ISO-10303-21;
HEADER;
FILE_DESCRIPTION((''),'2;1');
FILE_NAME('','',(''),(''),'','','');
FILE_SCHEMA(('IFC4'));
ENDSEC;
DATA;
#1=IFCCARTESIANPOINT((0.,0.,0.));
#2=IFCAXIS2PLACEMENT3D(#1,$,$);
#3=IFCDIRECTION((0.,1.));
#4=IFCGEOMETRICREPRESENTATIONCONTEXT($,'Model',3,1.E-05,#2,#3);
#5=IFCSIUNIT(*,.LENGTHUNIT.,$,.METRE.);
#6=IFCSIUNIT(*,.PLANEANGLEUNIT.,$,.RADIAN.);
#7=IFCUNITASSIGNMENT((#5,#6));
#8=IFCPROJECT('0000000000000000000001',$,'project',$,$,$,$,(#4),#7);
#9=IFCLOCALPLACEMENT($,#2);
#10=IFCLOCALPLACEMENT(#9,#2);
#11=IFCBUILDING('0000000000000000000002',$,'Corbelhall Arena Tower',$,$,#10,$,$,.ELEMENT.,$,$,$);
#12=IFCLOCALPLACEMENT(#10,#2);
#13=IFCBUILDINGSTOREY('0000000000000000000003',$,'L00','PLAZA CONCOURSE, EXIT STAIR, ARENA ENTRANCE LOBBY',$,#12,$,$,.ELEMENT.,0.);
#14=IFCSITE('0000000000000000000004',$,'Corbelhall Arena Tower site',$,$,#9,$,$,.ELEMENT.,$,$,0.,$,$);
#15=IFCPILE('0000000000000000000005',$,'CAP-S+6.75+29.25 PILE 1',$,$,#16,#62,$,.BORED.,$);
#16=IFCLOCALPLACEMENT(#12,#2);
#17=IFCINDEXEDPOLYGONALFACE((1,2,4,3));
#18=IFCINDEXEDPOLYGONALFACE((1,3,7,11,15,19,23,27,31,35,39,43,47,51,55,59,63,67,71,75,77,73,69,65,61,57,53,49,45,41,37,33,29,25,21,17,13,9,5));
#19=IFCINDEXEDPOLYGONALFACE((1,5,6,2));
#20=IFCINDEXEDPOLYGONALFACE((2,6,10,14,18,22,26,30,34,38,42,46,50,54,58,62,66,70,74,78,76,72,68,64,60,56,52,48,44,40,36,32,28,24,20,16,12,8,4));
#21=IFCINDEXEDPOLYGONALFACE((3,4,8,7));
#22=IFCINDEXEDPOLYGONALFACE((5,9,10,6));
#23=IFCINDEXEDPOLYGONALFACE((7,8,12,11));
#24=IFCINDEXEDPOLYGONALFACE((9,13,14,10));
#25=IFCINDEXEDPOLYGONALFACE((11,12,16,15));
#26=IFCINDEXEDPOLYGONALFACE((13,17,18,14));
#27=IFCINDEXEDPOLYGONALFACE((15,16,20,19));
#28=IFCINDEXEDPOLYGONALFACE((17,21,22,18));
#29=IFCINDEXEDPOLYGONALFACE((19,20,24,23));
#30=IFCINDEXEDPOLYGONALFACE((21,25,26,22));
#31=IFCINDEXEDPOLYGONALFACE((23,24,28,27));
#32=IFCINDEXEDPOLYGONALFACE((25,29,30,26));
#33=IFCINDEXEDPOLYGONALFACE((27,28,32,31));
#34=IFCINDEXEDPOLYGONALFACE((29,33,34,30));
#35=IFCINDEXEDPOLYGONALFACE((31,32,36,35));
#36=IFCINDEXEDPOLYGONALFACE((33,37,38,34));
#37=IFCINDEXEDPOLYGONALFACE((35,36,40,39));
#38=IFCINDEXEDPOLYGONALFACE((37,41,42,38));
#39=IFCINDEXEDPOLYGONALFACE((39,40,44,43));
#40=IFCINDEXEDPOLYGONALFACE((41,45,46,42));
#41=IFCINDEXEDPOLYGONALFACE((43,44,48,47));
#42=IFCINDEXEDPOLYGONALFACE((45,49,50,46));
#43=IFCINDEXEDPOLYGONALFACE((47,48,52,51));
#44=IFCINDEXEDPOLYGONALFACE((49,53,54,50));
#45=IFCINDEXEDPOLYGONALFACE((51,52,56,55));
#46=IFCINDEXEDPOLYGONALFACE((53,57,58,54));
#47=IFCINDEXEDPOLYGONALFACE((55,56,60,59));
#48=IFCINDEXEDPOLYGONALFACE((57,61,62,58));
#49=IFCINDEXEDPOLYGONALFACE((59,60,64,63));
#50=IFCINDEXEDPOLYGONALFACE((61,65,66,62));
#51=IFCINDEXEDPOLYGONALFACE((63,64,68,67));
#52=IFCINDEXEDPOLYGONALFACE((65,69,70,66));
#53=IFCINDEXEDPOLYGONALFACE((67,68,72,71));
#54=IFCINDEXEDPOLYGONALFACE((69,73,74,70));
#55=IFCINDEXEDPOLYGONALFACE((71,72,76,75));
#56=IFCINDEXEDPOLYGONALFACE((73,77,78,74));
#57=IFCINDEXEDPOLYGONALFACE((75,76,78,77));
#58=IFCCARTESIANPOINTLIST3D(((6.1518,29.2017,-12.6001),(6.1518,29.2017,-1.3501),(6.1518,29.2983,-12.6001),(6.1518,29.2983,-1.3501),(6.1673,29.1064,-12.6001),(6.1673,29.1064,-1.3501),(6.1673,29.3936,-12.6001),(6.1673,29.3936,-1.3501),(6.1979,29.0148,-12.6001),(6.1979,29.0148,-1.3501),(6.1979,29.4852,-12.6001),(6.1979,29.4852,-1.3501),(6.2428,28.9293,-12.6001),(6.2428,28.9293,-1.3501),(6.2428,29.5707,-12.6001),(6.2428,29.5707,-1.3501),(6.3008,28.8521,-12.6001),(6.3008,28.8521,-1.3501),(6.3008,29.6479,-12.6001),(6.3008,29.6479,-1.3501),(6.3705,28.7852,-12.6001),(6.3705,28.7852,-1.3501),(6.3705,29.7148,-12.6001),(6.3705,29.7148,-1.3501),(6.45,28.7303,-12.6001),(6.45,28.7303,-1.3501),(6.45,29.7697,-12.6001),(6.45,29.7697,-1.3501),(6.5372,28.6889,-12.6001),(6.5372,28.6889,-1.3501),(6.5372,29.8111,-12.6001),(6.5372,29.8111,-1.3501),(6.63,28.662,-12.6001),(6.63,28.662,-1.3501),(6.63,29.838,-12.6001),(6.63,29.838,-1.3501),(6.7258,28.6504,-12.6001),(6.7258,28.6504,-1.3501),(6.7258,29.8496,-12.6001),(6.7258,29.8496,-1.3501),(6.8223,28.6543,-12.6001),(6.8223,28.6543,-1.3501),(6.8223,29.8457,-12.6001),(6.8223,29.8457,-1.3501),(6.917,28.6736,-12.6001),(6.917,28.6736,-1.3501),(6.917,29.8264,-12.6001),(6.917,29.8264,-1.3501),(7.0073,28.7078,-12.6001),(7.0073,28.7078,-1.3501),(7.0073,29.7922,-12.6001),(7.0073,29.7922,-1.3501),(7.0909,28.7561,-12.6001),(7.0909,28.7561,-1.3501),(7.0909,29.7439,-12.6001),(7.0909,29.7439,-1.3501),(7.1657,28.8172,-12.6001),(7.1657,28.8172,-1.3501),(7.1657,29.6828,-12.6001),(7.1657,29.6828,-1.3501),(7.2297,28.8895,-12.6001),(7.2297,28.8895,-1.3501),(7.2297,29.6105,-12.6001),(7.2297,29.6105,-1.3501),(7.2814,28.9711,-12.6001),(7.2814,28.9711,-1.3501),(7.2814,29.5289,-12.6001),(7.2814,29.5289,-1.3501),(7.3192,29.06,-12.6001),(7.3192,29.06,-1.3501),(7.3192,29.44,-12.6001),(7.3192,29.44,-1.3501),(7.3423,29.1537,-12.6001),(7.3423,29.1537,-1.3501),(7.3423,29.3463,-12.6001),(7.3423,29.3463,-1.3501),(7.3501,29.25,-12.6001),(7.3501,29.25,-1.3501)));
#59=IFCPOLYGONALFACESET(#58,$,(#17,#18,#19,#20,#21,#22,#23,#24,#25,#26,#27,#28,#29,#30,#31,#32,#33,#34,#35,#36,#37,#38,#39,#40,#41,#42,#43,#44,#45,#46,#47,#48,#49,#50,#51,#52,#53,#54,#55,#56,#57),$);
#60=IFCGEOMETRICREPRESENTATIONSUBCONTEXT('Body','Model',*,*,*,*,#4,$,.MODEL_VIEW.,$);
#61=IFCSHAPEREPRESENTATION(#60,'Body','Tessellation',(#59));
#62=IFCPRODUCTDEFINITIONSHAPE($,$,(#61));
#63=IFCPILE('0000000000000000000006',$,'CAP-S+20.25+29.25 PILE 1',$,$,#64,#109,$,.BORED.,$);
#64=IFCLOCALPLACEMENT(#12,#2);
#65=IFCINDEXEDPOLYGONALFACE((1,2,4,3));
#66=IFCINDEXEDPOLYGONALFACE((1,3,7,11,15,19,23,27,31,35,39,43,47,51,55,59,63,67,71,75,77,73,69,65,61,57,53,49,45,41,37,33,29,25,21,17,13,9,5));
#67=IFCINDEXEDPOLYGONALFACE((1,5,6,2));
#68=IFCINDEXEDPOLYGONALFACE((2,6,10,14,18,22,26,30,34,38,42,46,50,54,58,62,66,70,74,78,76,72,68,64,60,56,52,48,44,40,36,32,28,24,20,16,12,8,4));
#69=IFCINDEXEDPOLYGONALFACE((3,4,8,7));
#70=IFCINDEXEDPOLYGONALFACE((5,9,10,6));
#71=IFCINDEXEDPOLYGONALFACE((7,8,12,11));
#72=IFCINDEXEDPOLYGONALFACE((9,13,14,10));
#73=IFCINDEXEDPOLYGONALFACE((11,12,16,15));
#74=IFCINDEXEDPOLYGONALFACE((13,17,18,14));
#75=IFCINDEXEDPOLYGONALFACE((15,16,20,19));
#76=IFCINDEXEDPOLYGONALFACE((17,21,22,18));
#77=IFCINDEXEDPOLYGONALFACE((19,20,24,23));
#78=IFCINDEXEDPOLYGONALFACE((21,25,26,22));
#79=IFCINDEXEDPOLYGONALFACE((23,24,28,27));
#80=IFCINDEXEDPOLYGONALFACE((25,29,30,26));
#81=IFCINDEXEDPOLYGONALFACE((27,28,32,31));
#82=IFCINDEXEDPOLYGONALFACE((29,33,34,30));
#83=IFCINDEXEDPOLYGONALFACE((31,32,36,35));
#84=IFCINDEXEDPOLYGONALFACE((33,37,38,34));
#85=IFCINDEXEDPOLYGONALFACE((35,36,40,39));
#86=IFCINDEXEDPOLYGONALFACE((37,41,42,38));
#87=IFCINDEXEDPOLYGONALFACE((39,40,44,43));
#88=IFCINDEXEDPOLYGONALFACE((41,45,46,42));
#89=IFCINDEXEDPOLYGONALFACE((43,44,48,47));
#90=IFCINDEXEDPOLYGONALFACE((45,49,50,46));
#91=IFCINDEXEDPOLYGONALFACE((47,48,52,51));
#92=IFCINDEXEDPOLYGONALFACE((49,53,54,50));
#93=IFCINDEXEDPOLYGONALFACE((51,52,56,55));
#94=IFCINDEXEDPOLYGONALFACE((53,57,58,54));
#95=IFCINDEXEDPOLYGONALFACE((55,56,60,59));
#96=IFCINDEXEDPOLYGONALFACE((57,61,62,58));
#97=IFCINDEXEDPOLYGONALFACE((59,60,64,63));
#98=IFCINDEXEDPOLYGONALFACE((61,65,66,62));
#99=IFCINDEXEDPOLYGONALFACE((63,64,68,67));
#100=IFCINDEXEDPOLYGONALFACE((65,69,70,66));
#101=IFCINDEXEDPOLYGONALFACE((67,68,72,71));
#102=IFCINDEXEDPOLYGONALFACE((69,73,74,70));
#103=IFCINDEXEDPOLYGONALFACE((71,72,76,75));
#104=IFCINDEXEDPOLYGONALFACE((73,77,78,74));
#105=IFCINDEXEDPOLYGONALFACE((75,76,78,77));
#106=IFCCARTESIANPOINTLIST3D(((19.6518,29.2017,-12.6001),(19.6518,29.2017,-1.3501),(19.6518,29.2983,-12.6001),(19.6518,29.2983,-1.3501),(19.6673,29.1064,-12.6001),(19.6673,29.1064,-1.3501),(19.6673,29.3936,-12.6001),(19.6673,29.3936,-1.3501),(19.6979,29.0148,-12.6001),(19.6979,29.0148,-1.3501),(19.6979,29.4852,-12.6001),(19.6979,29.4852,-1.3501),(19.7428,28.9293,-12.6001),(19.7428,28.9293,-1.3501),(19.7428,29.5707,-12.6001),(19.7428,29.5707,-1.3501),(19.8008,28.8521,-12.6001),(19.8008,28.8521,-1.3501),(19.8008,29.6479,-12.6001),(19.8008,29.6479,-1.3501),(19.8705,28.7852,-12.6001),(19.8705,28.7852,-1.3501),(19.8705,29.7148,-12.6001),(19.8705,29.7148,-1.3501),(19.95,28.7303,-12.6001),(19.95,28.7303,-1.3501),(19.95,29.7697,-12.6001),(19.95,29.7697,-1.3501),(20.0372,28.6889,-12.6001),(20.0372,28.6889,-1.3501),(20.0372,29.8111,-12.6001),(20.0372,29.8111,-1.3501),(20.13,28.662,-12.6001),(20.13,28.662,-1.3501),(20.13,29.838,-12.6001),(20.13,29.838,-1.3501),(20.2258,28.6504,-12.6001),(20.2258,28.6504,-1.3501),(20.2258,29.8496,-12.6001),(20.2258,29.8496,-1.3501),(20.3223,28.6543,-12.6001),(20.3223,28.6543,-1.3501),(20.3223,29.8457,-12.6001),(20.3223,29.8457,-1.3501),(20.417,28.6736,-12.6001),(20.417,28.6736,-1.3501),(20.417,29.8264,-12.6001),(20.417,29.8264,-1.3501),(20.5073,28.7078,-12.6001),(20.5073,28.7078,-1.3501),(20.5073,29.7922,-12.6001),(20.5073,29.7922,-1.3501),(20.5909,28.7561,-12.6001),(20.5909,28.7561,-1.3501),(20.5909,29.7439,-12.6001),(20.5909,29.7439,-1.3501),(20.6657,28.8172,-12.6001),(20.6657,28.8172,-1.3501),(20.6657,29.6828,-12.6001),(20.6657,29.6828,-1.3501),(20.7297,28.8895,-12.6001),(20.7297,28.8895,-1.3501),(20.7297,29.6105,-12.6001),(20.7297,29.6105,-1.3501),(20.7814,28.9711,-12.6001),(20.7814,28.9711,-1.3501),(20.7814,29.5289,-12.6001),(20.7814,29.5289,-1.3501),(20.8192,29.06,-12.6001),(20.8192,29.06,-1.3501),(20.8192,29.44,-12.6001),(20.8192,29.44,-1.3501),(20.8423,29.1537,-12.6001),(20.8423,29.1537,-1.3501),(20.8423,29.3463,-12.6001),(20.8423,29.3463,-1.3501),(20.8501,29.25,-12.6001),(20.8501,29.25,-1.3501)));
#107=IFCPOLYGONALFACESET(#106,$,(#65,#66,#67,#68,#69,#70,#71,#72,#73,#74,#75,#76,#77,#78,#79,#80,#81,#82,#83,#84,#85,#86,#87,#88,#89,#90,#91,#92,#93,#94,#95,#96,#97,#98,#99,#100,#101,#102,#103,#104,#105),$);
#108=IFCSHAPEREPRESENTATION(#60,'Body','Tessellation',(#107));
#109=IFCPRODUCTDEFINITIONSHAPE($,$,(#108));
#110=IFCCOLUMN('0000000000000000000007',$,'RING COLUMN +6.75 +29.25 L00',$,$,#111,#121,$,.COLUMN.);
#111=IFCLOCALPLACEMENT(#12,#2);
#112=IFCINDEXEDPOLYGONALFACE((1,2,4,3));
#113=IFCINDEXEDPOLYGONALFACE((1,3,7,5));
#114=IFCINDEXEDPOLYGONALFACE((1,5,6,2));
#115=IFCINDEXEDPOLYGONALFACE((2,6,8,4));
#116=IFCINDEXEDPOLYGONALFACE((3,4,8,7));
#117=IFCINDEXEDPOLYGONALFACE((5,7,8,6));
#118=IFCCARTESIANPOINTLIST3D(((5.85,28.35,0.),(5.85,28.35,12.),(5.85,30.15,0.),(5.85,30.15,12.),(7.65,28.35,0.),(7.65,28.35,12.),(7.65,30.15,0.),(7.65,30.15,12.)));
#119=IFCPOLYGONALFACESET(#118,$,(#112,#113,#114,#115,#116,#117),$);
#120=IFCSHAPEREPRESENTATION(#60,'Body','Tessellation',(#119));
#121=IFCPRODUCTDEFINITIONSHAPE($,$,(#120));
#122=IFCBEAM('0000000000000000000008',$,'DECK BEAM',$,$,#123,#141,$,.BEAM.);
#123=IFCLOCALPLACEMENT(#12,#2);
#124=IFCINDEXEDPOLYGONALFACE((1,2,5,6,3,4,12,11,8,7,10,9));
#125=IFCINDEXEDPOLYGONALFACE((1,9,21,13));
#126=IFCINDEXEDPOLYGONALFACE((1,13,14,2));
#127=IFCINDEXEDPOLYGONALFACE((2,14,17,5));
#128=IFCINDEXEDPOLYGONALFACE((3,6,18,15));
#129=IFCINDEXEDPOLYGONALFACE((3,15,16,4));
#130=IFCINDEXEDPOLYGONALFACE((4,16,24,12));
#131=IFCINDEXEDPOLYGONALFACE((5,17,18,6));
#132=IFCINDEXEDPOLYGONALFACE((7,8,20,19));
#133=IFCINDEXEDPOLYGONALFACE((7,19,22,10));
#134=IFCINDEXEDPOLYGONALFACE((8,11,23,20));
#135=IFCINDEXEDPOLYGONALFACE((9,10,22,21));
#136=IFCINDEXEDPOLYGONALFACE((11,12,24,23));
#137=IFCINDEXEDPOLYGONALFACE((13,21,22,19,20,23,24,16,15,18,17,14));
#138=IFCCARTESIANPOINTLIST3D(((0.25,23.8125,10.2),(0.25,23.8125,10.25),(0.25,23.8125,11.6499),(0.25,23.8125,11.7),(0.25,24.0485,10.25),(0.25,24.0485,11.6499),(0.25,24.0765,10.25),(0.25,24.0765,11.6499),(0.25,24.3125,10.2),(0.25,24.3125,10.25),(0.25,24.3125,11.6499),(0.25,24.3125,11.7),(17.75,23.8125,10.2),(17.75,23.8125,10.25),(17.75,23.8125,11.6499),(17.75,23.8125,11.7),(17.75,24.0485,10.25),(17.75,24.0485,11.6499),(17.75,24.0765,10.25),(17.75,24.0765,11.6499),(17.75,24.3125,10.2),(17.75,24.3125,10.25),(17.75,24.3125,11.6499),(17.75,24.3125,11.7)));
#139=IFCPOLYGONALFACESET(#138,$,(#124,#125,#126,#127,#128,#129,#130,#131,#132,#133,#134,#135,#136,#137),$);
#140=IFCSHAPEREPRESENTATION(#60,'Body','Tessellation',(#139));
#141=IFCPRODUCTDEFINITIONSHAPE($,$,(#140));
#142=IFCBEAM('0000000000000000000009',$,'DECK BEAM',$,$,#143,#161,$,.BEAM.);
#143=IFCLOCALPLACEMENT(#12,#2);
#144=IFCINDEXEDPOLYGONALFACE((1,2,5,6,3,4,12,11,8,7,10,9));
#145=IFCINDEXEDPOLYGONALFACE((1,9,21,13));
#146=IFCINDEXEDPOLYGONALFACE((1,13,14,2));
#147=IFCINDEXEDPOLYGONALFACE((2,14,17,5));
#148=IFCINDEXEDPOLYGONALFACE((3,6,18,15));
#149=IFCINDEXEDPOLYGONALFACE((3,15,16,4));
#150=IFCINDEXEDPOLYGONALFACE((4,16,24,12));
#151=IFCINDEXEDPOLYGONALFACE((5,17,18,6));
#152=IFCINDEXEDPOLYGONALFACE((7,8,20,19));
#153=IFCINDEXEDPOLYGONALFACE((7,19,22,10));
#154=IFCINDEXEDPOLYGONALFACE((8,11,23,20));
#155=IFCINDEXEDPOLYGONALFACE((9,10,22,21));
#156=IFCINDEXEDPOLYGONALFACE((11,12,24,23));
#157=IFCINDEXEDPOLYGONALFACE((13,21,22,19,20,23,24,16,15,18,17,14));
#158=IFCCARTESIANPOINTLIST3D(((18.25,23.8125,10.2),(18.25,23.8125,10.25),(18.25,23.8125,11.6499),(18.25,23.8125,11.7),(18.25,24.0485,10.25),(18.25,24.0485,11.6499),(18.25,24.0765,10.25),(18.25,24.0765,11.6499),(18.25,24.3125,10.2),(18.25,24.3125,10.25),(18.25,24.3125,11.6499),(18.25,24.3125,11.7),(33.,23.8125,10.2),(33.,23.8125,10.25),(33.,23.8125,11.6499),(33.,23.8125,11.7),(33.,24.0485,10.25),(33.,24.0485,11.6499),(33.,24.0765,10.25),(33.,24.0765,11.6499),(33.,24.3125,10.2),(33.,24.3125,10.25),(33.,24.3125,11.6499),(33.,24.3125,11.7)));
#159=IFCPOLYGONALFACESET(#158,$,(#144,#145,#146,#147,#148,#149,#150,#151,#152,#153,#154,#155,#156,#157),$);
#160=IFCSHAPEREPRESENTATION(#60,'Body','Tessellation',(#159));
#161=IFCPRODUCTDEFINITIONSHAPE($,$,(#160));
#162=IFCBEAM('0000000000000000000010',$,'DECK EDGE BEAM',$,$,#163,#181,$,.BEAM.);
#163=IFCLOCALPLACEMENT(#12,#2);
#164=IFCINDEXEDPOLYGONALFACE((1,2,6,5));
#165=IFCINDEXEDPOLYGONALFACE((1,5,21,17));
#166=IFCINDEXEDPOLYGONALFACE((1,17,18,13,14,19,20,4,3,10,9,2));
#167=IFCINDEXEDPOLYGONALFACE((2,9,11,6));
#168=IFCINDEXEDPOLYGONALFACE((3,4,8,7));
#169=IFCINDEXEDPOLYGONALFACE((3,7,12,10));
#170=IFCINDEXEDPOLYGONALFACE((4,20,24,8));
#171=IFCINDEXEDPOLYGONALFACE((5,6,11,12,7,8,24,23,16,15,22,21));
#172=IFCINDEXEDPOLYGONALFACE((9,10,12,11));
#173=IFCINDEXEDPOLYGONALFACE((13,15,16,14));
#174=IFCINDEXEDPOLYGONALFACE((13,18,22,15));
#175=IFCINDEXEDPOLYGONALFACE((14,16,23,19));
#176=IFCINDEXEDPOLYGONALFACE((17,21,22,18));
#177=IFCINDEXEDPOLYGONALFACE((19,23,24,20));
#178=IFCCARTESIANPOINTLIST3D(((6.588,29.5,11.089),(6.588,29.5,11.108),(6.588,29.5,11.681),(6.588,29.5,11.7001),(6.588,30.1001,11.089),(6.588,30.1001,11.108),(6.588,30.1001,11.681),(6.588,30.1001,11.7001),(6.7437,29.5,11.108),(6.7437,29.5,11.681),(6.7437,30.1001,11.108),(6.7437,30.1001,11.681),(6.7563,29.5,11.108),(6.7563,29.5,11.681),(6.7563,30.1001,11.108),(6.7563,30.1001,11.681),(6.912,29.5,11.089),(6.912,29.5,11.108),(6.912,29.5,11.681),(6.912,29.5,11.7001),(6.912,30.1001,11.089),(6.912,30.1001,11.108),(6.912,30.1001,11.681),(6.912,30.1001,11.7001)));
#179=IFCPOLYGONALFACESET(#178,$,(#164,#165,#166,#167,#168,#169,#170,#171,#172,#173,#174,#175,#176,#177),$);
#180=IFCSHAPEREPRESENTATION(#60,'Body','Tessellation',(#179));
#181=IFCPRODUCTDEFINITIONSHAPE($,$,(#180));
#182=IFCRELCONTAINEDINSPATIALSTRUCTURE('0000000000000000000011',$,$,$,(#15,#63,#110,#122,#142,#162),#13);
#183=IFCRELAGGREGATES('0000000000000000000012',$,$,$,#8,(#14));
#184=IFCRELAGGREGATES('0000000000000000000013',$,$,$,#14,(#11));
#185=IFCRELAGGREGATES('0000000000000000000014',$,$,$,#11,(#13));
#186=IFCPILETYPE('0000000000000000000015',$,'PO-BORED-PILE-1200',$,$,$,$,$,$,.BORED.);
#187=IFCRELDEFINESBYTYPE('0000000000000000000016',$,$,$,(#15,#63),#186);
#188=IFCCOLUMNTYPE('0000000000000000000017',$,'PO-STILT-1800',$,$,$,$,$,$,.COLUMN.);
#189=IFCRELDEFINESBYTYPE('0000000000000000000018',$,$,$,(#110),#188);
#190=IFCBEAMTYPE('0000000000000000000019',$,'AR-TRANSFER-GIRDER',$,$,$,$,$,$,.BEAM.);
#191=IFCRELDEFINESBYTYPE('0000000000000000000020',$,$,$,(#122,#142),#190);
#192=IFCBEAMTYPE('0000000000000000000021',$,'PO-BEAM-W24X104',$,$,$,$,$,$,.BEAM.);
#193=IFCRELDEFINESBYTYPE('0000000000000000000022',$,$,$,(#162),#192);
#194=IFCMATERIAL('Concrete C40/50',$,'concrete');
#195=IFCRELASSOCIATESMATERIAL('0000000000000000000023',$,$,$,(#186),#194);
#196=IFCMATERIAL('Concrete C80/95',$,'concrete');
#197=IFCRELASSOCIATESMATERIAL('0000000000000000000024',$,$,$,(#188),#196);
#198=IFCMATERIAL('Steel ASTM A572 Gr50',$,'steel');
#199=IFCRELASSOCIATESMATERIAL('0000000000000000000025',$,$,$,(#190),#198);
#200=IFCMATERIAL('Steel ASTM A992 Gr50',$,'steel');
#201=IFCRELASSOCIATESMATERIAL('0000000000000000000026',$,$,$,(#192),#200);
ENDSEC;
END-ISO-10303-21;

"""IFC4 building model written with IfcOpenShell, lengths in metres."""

from ifc_helpers import new_model, si_unit, direction, frame, origin, origin_2d, place, context, subcontext, project, spatial, rectangle, circle, i_section, extrude, material, material_profile, profile_set, type_object, element, save


model = new_model("IFC4")

# Units and contexts
model_context = context("Model", 3, precision=1e-05, world=origin(), true_north=direction((0.0, 1.0)))
body_context = subcontext(model_context, "Body", "Model", "MODEL_VIEW")
ifc_project = project(units=[si_unit("LENGTHUNIT", "METRE"), si_unit("PLANEANGLEUNIT", "RADIAN")], contexts=[model_context])

# Site, building, storey
site_placement = place(None, origin())
site = spatial("IfcSite", under=ifc_project, at=site_placement, Name="Corbelhall Arena Tower site", CompositionType="ELEMENT", RefElevation=0.0)
building_placement = place(site_placement, origin())
building = spatial("IfcBuilding", under=site, at=building_placement, Name="Corbelhall Arena Tower", CompositionType="ELEMENT")
storey_placement = place(building_placement, origin())
storey = spatial("IfcBuildingStorey", under=building, at=storey_placement, Name="L00", Description="PLAZA CONCOURSE, EXIT STAIR, ARENA ENTRANCE LOBBY", CompositionType="ELEMENT", Elevation=0.0)

# Piles
ifc_material_1 = material(Name="Concrete C40/50", Category="concrete")
ifc_material_profile_1 = material_profile(ifc_material_1, circle(Radius=0.6001, at=origin_2d()))
ifc_profile_set_1 = profile_set([ifc_material_profile_1], Name="Concrete C40/50")
pile_type = type_object("IfcPileType", Name="PO-BORED-PILE-1200", PredefinedType="BORED", material=ifc_profile_set_1)
for number, where, z_axis, x_axis, name in (
    (1, (6.75, 29.25, -1.3501), (0.0, 0.0, -1.0), (1.0, 0.0, 0.0), "CAP-S+6.75+29.25 PILE 1"),
    (2, (20.25, 29.25, -1.3501), (0.0, 0.0, -1.0), (1.0, 0.0, 0.0), "CAP-S+20.25+29.25 PILE 1"),
):
    element("IfcPile", number, at=place(storey_placement, frame(where, z_axis=z_axis, x_axis=x_axis)), inside=storey, type_object=pile_type, Name=name, PredefinedType="BORED", context=body_context, shape_type="SweptSolid", body=[
        extrude(circle(Radius=0.6001, at=origin_2d()), origin(), (0.0, 0.0, 1.0), 11.25),
    ])

# Column
ifc_material_2 = material(Name="Concrete C80/95", Category="concrete")
ifc_material_profile_2 = material_profile(ifc_material_2, rectangle(XDim=1.8, YDim=1.8, at=origin_2d()))
ifc_profile_set_2 = profile_set([ifc_material_profile_2], Name="Concrete C80/95")
column_type = type_object("IfcColumnType", Name="PO-STILT-1800", PredefinedType="COLUMN", material=ifc_profile_set_2)
column_placement = place(storey_placement, frame((6.75, 29.25, 0.0), z_axis=(0.0, 0.0, 1.0), x_axis=(1.0, 0.0, 0.0)))
element("IfcColumn", 3, at=column_placement, inside=storey, type_object=column_type, Name="RING COLUMN +6.75 +29.25 L00", PredefinedType="COLUMN", context=body_context, shape_type="SweptSolid", body=[
    extrude(rectangle(XDim=1.8, YDim=1.8, at=origin_2d()), origin(), (0.0, 0.0, 1.0), 12.0),
])

# Beams
ifc_material_3 = material(Name="Steel ASTM A572 Gr50", Category="steel")
ifc_material_profile_3 = material_profile(ifc_material_3, i_section(OverallWidth=0.5, OverallDepth=1.5, WebThickness=0.0281, FlangeThickness=0.05, at=origin_2d()))
ifc_profile_set_3 = profile_set([ifc_material_profile_3], Name="Steel ASTM A572 Gr50")
beam_type_1 = type_object("IfcBeamType", Name="AR-TRANSFER-GIRDER", PredefinedType="BEAM", material=ifc_profile_set_3)
beam_1_placement = place(storey_placement, frame((0.25, 24.0625, 10.95), z_axis=(1.0, 0.0, 0.0), x_axis=(0.0, 1.0, 0.0)))
element("IfcBeam", 4, at=beam_1_placement, inside=storey, type_object=beam_type_1, Name="DECK BEAM", PredefinedType="BEAM", context=body_context, shape_type="SweptSolid", body=[
    extrude(i_section(OverallWidth=0.5, OverallDepth=1.5, WebThickness=0.0281, FlangeThickness=0.05, at=origin_2d()), origin(), (0.0, 0.0, 1.0), 17.5),
])
beam_2_placement = place(storey_placement, frame((18.25, 24.0625, 10.95), z_axis=(1.0, 0.0, 0.0), x_axis=(0.0, 1.0, 0.0)))
element("IfcBeam", 5, at=beam_2_placement, inside=storey, type_object=beam_type_1, Name="DECK BEAM", PredefinedType="BEAM", context=body_context, shape_type="SweptSolid", body=[
    extrude(i_section(OverallWidth=0.5, OverallDepth=1.5, WebThickness=0.0281, FlangeThickness=0.05, at=origin_2d()), origin(), (0.0, 0.0, 1.0), 14.75),
])
ifc_material_4 = material(Name="Steel ASTM A992 Gr50", Category="steel")
ifc_material_profile_4 = material_profile(ifc_material_4, i_section(OverallWidth=0.324, OverallDepth=0.6111, WebThickness=0.0127, FlangeThickness=0.019, at=origin_2d()))
ifc_profile_set_4 = profile_set([ifc_material_profile_4], Name="Steel ASTM A992 Gr50")
beam_type_2 = type_object("IfcBeamType", Name="PO-BEAM-W24X104", PredefinedType="BEAM", material=ifc_profile_set_4)
beam_3_placement = place(storey_placement, frame((6.75, 29.5, 11.3945), z_axis=(0.0, 1.0, 0.0), x_axis=(-1.0, 0.0, 0.0)))
element("IfcBeam", 6, at=beam_3_placement, inside=storey, type_object=beam_type_2, Name="DECK EDGE BEAM", PredefinedType="BEAM", context=body_context, shape_type="SweptSolid", body=[
    extrude(i_section(OverallWidth=0.324, OverallDepth=0.6111, WebThickness=0.0127, FlangeThickness=0.019, at=origin_2d()), origin(), (0.0, 0.0, 1.0), 0.6001),
])

save(model, "model.ifc")
